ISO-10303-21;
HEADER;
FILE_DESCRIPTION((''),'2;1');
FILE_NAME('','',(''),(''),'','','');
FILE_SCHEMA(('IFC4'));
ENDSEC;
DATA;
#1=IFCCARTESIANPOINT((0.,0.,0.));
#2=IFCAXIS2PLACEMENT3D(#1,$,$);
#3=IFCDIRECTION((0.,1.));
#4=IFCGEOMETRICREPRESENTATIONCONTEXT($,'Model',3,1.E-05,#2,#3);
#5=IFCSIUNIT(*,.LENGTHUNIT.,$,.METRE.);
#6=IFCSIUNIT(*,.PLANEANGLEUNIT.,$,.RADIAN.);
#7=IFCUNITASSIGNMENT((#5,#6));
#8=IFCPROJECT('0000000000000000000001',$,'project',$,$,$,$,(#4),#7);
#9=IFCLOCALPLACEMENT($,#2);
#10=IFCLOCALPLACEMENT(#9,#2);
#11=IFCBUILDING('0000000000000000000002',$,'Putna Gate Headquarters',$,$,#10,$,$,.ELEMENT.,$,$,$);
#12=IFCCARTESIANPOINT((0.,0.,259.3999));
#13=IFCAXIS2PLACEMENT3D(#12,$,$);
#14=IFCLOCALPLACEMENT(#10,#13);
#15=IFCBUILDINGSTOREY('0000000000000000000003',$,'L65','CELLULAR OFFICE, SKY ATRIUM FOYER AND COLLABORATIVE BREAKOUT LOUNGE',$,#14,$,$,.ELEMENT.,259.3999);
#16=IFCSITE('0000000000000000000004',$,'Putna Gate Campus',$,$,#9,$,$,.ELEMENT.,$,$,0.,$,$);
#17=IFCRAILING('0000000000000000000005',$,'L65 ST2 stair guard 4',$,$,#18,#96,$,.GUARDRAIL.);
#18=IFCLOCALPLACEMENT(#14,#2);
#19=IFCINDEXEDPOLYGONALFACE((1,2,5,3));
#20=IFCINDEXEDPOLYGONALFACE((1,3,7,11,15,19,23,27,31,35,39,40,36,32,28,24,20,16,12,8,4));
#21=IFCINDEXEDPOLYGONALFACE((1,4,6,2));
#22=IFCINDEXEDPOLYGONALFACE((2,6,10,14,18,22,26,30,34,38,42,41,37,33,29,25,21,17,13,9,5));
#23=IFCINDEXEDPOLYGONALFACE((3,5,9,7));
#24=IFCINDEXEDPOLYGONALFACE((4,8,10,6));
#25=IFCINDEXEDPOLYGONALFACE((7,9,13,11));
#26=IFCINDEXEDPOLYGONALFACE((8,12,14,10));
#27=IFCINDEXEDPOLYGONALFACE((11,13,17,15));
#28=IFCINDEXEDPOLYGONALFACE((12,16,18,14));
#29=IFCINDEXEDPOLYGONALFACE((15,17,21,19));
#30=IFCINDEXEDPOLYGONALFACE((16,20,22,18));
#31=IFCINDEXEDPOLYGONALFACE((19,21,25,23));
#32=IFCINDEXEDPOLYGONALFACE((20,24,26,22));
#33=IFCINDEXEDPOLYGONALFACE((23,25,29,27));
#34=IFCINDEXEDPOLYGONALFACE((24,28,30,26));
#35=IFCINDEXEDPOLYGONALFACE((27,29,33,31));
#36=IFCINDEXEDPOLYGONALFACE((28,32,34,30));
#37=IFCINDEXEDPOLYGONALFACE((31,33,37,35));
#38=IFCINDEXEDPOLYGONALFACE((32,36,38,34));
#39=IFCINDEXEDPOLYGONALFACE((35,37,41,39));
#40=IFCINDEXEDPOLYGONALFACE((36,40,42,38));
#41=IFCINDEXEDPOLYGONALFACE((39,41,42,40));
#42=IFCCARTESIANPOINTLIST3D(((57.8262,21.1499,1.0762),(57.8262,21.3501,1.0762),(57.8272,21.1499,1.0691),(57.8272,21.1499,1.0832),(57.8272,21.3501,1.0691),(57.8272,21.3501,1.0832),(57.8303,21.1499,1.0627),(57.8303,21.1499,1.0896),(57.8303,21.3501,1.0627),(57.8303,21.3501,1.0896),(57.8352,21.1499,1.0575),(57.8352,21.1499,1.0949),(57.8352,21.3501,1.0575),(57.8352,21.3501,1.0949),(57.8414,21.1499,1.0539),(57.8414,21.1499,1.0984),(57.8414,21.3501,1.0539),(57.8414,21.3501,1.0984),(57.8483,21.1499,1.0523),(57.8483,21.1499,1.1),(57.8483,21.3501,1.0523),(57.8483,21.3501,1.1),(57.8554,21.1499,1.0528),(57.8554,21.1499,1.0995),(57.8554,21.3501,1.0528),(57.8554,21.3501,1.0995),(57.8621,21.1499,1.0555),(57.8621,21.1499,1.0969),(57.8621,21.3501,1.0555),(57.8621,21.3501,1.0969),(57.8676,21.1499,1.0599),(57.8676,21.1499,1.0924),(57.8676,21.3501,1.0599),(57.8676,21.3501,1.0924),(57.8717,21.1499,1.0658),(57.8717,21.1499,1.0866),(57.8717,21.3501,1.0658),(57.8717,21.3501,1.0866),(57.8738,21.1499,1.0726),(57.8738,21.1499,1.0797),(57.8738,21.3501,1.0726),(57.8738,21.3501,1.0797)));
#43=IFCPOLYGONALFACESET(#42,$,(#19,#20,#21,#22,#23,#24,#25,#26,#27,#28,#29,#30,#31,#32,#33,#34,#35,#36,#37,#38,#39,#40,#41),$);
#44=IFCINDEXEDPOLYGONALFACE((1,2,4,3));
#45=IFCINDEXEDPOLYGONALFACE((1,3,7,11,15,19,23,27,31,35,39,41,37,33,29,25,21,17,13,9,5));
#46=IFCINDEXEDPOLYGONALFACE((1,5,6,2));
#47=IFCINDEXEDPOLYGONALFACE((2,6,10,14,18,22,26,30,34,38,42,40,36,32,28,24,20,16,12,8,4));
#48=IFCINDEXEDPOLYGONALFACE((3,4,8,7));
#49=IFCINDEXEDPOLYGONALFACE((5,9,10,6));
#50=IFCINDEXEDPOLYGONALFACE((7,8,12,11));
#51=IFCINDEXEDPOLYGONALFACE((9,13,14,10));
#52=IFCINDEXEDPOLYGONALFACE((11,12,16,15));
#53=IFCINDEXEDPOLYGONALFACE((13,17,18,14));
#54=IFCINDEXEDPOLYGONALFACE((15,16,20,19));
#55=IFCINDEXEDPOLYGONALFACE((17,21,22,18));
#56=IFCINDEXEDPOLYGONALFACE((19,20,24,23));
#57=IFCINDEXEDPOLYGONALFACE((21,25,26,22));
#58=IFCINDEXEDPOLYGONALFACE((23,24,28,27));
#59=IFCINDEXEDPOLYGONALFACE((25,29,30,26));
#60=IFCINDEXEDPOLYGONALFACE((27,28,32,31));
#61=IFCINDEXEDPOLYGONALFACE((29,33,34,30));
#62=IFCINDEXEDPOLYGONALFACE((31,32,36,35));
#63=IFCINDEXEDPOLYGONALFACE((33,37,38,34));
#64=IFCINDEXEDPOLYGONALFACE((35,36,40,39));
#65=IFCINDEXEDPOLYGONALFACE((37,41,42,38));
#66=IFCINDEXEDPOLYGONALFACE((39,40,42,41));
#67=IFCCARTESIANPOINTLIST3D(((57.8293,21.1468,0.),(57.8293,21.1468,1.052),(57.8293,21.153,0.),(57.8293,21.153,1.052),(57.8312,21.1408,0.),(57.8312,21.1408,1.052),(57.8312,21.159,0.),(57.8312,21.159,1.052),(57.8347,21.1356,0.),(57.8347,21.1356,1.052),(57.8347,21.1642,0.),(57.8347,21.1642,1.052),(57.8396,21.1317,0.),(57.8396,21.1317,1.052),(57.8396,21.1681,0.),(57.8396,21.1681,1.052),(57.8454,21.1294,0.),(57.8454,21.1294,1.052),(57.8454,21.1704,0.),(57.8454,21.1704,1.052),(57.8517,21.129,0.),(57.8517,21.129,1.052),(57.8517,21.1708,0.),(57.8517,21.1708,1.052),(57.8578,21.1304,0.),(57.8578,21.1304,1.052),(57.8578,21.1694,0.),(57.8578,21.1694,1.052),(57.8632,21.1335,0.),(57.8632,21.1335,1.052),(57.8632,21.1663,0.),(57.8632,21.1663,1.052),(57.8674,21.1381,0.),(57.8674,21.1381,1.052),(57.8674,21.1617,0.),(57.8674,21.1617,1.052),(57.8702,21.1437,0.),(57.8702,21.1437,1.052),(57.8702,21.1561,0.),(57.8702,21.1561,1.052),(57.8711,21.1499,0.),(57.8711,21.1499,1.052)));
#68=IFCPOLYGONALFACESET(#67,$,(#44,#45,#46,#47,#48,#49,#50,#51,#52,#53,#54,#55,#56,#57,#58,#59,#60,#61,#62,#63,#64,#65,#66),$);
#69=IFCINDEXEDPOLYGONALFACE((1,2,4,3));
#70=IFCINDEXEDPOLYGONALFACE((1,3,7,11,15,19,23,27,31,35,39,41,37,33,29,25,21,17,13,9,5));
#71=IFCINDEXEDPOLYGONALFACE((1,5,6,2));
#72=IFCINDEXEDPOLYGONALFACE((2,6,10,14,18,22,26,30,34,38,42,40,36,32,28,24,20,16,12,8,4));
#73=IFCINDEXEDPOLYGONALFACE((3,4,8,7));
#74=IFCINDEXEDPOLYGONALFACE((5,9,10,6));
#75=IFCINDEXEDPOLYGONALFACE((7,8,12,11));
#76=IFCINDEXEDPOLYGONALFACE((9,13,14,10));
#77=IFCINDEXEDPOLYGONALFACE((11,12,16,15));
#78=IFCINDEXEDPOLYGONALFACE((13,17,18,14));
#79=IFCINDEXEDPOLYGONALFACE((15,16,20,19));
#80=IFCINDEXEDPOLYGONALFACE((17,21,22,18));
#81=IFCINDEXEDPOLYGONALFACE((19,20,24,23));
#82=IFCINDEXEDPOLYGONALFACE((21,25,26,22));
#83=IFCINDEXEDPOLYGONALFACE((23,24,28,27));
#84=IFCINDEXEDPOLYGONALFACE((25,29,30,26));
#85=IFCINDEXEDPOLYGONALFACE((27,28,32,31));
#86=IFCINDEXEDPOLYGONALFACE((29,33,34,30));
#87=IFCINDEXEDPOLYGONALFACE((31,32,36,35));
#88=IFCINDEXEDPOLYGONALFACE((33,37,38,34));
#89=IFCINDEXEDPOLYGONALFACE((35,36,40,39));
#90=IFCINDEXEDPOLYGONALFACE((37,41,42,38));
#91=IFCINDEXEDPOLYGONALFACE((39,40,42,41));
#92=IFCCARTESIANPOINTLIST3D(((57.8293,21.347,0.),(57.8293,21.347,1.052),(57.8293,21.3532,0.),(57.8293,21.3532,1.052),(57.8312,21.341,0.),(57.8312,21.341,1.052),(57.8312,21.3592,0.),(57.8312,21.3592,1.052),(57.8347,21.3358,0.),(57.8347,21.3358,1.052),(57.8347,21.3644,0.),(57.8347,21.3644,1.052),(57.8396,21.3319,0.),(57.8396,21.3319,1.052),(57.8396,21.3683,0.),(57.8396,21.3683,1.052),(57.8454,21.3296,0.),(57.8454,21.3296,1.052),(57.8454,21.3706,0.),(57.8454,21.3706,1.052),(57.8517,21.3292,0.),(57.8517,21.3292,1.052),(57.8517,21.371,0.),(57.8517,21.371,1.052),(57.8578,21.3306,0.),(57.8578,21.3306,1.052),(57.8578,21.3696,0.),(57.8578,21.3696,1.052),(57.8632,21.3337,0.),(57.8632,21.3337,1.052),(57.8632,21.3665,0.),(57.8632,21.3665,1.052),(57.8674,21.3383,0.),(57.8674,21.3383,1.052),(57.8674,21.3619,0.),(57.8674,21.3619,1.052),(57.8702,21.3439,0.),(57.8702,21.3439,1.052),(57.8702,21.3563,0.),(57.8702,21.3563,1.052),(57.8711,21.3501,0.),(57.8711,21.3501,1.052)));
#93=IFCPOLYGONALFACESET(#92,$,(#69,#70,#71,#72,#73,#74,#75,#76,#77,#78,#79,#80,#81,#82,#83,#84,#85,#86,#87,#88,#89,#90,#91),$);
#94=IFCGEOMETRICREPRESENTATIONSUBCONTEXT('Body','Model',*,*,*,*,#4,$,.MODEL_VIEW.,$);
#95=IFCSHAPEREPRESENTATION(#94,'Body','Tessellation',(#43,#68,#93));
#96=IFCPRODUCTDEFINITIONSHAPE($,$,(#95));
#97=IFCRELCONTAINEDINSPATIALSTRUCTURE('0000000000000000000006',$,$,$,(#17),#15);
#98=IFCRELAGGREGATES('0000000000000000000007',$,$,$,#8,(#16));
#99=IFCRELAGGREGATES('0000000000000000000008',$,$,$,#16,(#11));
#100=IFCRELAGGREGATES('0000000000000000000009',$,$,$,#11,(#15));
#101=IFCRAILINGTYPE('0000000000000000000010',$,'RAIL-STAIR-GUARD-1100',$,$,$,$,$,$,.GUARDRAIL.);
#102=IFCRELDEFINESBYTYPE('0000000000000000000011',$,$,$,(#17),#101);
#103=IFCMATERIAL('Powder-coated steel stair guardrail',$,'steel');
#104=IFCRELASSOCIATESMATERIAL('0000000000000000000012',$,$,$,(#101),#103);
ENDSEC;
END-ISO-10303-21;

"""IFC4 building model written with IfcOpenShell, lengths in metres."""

from ifc_helpers import new_model, si_unit, direction, frame, origin, origin_2d, place, context, subcontext, project, spatial, circle, extrude, material, type_object, element, save


model = new_model("IFC4")

# Units and contexts
model_context = context("Model", 3, precision=1e-05, world=origin(), true_north=direction((0.0, 1.0)))
body_context = subcontext(model_context, "Body", "Model", "MODEL_VIEW")
ifc_project = project(units=[si_unit("LENGTHUNIT", "METRE"), si_unit("PLANEANGLEUNIT", "RADIAN")], contexts=[model_context])

# Site, building, storey
site_placement = place(None, origin())
site = spatial("IfcSite", under=ifc_project, at=site_placement, Name="Putna Gate Campus", CompositionType="ELEMENT", RefElevation=0.0)
building_placement = place(site_placement, origin())
building = spatial("IfcBuilding", under=site, at=building_placement, Name="Putna Gate Headquarters", CompositionType="ELEMENT")
storey_placement = place(building_placement, frame((0.0, 0.0, 259.3999)))
storey = spatial("IfcBuildingStorey", under=building, at=storey_placement, Name="L65", Description="CELLULAR OFFICE, SKY ATRIUM FOYER AND COLLABORATIVE BREAKOUT LOUNGE", CompositionType="ELEMENT", Elevation=259.3999)

# Railing
ifc_material_1 = material(Name="Powder-coated steel stair guardrail", Category="steel")
railing_type_1 = type_object("IfcRailingType", Name="RAIL-STAIR-GUARD-1100", PredefinedType="GUARDRAIL", material=ifc_material_1)
railing_1_placement = place(storey_placement, frame((57.8501, 21.1499, 0.0)))
element("IfcRailing", 1, at=railing_1_placement, inside=storey, type_object=railing_type_1, Name="L65 ST2 stair guard 4", PredefinedType="GUARDRAIL", context=body_context, shape_type="SweptSolid", body=[
    extrude(circle(Radius=0.0239, at=origin_2d()), frame((0.0, 0.0, 1.0762), z_axis=(0.0, 1.0, 0.0), x_axis=(-1.0, 0.0, 0.0)), (0.0, 0.0, 1.0), 0.2002),
    extrude(circle(Radius=0.021, at=origin_2d()), origin(), (0.0, 0.0, 1.0), 1.052),
    extrude(circle(Radius=0.021, at=origin_2d()), frame((0.0, 0.2002, 0.0)), (0.0, 0.0, 1.0), 1.052),
])

save(model, "model.ifc")
